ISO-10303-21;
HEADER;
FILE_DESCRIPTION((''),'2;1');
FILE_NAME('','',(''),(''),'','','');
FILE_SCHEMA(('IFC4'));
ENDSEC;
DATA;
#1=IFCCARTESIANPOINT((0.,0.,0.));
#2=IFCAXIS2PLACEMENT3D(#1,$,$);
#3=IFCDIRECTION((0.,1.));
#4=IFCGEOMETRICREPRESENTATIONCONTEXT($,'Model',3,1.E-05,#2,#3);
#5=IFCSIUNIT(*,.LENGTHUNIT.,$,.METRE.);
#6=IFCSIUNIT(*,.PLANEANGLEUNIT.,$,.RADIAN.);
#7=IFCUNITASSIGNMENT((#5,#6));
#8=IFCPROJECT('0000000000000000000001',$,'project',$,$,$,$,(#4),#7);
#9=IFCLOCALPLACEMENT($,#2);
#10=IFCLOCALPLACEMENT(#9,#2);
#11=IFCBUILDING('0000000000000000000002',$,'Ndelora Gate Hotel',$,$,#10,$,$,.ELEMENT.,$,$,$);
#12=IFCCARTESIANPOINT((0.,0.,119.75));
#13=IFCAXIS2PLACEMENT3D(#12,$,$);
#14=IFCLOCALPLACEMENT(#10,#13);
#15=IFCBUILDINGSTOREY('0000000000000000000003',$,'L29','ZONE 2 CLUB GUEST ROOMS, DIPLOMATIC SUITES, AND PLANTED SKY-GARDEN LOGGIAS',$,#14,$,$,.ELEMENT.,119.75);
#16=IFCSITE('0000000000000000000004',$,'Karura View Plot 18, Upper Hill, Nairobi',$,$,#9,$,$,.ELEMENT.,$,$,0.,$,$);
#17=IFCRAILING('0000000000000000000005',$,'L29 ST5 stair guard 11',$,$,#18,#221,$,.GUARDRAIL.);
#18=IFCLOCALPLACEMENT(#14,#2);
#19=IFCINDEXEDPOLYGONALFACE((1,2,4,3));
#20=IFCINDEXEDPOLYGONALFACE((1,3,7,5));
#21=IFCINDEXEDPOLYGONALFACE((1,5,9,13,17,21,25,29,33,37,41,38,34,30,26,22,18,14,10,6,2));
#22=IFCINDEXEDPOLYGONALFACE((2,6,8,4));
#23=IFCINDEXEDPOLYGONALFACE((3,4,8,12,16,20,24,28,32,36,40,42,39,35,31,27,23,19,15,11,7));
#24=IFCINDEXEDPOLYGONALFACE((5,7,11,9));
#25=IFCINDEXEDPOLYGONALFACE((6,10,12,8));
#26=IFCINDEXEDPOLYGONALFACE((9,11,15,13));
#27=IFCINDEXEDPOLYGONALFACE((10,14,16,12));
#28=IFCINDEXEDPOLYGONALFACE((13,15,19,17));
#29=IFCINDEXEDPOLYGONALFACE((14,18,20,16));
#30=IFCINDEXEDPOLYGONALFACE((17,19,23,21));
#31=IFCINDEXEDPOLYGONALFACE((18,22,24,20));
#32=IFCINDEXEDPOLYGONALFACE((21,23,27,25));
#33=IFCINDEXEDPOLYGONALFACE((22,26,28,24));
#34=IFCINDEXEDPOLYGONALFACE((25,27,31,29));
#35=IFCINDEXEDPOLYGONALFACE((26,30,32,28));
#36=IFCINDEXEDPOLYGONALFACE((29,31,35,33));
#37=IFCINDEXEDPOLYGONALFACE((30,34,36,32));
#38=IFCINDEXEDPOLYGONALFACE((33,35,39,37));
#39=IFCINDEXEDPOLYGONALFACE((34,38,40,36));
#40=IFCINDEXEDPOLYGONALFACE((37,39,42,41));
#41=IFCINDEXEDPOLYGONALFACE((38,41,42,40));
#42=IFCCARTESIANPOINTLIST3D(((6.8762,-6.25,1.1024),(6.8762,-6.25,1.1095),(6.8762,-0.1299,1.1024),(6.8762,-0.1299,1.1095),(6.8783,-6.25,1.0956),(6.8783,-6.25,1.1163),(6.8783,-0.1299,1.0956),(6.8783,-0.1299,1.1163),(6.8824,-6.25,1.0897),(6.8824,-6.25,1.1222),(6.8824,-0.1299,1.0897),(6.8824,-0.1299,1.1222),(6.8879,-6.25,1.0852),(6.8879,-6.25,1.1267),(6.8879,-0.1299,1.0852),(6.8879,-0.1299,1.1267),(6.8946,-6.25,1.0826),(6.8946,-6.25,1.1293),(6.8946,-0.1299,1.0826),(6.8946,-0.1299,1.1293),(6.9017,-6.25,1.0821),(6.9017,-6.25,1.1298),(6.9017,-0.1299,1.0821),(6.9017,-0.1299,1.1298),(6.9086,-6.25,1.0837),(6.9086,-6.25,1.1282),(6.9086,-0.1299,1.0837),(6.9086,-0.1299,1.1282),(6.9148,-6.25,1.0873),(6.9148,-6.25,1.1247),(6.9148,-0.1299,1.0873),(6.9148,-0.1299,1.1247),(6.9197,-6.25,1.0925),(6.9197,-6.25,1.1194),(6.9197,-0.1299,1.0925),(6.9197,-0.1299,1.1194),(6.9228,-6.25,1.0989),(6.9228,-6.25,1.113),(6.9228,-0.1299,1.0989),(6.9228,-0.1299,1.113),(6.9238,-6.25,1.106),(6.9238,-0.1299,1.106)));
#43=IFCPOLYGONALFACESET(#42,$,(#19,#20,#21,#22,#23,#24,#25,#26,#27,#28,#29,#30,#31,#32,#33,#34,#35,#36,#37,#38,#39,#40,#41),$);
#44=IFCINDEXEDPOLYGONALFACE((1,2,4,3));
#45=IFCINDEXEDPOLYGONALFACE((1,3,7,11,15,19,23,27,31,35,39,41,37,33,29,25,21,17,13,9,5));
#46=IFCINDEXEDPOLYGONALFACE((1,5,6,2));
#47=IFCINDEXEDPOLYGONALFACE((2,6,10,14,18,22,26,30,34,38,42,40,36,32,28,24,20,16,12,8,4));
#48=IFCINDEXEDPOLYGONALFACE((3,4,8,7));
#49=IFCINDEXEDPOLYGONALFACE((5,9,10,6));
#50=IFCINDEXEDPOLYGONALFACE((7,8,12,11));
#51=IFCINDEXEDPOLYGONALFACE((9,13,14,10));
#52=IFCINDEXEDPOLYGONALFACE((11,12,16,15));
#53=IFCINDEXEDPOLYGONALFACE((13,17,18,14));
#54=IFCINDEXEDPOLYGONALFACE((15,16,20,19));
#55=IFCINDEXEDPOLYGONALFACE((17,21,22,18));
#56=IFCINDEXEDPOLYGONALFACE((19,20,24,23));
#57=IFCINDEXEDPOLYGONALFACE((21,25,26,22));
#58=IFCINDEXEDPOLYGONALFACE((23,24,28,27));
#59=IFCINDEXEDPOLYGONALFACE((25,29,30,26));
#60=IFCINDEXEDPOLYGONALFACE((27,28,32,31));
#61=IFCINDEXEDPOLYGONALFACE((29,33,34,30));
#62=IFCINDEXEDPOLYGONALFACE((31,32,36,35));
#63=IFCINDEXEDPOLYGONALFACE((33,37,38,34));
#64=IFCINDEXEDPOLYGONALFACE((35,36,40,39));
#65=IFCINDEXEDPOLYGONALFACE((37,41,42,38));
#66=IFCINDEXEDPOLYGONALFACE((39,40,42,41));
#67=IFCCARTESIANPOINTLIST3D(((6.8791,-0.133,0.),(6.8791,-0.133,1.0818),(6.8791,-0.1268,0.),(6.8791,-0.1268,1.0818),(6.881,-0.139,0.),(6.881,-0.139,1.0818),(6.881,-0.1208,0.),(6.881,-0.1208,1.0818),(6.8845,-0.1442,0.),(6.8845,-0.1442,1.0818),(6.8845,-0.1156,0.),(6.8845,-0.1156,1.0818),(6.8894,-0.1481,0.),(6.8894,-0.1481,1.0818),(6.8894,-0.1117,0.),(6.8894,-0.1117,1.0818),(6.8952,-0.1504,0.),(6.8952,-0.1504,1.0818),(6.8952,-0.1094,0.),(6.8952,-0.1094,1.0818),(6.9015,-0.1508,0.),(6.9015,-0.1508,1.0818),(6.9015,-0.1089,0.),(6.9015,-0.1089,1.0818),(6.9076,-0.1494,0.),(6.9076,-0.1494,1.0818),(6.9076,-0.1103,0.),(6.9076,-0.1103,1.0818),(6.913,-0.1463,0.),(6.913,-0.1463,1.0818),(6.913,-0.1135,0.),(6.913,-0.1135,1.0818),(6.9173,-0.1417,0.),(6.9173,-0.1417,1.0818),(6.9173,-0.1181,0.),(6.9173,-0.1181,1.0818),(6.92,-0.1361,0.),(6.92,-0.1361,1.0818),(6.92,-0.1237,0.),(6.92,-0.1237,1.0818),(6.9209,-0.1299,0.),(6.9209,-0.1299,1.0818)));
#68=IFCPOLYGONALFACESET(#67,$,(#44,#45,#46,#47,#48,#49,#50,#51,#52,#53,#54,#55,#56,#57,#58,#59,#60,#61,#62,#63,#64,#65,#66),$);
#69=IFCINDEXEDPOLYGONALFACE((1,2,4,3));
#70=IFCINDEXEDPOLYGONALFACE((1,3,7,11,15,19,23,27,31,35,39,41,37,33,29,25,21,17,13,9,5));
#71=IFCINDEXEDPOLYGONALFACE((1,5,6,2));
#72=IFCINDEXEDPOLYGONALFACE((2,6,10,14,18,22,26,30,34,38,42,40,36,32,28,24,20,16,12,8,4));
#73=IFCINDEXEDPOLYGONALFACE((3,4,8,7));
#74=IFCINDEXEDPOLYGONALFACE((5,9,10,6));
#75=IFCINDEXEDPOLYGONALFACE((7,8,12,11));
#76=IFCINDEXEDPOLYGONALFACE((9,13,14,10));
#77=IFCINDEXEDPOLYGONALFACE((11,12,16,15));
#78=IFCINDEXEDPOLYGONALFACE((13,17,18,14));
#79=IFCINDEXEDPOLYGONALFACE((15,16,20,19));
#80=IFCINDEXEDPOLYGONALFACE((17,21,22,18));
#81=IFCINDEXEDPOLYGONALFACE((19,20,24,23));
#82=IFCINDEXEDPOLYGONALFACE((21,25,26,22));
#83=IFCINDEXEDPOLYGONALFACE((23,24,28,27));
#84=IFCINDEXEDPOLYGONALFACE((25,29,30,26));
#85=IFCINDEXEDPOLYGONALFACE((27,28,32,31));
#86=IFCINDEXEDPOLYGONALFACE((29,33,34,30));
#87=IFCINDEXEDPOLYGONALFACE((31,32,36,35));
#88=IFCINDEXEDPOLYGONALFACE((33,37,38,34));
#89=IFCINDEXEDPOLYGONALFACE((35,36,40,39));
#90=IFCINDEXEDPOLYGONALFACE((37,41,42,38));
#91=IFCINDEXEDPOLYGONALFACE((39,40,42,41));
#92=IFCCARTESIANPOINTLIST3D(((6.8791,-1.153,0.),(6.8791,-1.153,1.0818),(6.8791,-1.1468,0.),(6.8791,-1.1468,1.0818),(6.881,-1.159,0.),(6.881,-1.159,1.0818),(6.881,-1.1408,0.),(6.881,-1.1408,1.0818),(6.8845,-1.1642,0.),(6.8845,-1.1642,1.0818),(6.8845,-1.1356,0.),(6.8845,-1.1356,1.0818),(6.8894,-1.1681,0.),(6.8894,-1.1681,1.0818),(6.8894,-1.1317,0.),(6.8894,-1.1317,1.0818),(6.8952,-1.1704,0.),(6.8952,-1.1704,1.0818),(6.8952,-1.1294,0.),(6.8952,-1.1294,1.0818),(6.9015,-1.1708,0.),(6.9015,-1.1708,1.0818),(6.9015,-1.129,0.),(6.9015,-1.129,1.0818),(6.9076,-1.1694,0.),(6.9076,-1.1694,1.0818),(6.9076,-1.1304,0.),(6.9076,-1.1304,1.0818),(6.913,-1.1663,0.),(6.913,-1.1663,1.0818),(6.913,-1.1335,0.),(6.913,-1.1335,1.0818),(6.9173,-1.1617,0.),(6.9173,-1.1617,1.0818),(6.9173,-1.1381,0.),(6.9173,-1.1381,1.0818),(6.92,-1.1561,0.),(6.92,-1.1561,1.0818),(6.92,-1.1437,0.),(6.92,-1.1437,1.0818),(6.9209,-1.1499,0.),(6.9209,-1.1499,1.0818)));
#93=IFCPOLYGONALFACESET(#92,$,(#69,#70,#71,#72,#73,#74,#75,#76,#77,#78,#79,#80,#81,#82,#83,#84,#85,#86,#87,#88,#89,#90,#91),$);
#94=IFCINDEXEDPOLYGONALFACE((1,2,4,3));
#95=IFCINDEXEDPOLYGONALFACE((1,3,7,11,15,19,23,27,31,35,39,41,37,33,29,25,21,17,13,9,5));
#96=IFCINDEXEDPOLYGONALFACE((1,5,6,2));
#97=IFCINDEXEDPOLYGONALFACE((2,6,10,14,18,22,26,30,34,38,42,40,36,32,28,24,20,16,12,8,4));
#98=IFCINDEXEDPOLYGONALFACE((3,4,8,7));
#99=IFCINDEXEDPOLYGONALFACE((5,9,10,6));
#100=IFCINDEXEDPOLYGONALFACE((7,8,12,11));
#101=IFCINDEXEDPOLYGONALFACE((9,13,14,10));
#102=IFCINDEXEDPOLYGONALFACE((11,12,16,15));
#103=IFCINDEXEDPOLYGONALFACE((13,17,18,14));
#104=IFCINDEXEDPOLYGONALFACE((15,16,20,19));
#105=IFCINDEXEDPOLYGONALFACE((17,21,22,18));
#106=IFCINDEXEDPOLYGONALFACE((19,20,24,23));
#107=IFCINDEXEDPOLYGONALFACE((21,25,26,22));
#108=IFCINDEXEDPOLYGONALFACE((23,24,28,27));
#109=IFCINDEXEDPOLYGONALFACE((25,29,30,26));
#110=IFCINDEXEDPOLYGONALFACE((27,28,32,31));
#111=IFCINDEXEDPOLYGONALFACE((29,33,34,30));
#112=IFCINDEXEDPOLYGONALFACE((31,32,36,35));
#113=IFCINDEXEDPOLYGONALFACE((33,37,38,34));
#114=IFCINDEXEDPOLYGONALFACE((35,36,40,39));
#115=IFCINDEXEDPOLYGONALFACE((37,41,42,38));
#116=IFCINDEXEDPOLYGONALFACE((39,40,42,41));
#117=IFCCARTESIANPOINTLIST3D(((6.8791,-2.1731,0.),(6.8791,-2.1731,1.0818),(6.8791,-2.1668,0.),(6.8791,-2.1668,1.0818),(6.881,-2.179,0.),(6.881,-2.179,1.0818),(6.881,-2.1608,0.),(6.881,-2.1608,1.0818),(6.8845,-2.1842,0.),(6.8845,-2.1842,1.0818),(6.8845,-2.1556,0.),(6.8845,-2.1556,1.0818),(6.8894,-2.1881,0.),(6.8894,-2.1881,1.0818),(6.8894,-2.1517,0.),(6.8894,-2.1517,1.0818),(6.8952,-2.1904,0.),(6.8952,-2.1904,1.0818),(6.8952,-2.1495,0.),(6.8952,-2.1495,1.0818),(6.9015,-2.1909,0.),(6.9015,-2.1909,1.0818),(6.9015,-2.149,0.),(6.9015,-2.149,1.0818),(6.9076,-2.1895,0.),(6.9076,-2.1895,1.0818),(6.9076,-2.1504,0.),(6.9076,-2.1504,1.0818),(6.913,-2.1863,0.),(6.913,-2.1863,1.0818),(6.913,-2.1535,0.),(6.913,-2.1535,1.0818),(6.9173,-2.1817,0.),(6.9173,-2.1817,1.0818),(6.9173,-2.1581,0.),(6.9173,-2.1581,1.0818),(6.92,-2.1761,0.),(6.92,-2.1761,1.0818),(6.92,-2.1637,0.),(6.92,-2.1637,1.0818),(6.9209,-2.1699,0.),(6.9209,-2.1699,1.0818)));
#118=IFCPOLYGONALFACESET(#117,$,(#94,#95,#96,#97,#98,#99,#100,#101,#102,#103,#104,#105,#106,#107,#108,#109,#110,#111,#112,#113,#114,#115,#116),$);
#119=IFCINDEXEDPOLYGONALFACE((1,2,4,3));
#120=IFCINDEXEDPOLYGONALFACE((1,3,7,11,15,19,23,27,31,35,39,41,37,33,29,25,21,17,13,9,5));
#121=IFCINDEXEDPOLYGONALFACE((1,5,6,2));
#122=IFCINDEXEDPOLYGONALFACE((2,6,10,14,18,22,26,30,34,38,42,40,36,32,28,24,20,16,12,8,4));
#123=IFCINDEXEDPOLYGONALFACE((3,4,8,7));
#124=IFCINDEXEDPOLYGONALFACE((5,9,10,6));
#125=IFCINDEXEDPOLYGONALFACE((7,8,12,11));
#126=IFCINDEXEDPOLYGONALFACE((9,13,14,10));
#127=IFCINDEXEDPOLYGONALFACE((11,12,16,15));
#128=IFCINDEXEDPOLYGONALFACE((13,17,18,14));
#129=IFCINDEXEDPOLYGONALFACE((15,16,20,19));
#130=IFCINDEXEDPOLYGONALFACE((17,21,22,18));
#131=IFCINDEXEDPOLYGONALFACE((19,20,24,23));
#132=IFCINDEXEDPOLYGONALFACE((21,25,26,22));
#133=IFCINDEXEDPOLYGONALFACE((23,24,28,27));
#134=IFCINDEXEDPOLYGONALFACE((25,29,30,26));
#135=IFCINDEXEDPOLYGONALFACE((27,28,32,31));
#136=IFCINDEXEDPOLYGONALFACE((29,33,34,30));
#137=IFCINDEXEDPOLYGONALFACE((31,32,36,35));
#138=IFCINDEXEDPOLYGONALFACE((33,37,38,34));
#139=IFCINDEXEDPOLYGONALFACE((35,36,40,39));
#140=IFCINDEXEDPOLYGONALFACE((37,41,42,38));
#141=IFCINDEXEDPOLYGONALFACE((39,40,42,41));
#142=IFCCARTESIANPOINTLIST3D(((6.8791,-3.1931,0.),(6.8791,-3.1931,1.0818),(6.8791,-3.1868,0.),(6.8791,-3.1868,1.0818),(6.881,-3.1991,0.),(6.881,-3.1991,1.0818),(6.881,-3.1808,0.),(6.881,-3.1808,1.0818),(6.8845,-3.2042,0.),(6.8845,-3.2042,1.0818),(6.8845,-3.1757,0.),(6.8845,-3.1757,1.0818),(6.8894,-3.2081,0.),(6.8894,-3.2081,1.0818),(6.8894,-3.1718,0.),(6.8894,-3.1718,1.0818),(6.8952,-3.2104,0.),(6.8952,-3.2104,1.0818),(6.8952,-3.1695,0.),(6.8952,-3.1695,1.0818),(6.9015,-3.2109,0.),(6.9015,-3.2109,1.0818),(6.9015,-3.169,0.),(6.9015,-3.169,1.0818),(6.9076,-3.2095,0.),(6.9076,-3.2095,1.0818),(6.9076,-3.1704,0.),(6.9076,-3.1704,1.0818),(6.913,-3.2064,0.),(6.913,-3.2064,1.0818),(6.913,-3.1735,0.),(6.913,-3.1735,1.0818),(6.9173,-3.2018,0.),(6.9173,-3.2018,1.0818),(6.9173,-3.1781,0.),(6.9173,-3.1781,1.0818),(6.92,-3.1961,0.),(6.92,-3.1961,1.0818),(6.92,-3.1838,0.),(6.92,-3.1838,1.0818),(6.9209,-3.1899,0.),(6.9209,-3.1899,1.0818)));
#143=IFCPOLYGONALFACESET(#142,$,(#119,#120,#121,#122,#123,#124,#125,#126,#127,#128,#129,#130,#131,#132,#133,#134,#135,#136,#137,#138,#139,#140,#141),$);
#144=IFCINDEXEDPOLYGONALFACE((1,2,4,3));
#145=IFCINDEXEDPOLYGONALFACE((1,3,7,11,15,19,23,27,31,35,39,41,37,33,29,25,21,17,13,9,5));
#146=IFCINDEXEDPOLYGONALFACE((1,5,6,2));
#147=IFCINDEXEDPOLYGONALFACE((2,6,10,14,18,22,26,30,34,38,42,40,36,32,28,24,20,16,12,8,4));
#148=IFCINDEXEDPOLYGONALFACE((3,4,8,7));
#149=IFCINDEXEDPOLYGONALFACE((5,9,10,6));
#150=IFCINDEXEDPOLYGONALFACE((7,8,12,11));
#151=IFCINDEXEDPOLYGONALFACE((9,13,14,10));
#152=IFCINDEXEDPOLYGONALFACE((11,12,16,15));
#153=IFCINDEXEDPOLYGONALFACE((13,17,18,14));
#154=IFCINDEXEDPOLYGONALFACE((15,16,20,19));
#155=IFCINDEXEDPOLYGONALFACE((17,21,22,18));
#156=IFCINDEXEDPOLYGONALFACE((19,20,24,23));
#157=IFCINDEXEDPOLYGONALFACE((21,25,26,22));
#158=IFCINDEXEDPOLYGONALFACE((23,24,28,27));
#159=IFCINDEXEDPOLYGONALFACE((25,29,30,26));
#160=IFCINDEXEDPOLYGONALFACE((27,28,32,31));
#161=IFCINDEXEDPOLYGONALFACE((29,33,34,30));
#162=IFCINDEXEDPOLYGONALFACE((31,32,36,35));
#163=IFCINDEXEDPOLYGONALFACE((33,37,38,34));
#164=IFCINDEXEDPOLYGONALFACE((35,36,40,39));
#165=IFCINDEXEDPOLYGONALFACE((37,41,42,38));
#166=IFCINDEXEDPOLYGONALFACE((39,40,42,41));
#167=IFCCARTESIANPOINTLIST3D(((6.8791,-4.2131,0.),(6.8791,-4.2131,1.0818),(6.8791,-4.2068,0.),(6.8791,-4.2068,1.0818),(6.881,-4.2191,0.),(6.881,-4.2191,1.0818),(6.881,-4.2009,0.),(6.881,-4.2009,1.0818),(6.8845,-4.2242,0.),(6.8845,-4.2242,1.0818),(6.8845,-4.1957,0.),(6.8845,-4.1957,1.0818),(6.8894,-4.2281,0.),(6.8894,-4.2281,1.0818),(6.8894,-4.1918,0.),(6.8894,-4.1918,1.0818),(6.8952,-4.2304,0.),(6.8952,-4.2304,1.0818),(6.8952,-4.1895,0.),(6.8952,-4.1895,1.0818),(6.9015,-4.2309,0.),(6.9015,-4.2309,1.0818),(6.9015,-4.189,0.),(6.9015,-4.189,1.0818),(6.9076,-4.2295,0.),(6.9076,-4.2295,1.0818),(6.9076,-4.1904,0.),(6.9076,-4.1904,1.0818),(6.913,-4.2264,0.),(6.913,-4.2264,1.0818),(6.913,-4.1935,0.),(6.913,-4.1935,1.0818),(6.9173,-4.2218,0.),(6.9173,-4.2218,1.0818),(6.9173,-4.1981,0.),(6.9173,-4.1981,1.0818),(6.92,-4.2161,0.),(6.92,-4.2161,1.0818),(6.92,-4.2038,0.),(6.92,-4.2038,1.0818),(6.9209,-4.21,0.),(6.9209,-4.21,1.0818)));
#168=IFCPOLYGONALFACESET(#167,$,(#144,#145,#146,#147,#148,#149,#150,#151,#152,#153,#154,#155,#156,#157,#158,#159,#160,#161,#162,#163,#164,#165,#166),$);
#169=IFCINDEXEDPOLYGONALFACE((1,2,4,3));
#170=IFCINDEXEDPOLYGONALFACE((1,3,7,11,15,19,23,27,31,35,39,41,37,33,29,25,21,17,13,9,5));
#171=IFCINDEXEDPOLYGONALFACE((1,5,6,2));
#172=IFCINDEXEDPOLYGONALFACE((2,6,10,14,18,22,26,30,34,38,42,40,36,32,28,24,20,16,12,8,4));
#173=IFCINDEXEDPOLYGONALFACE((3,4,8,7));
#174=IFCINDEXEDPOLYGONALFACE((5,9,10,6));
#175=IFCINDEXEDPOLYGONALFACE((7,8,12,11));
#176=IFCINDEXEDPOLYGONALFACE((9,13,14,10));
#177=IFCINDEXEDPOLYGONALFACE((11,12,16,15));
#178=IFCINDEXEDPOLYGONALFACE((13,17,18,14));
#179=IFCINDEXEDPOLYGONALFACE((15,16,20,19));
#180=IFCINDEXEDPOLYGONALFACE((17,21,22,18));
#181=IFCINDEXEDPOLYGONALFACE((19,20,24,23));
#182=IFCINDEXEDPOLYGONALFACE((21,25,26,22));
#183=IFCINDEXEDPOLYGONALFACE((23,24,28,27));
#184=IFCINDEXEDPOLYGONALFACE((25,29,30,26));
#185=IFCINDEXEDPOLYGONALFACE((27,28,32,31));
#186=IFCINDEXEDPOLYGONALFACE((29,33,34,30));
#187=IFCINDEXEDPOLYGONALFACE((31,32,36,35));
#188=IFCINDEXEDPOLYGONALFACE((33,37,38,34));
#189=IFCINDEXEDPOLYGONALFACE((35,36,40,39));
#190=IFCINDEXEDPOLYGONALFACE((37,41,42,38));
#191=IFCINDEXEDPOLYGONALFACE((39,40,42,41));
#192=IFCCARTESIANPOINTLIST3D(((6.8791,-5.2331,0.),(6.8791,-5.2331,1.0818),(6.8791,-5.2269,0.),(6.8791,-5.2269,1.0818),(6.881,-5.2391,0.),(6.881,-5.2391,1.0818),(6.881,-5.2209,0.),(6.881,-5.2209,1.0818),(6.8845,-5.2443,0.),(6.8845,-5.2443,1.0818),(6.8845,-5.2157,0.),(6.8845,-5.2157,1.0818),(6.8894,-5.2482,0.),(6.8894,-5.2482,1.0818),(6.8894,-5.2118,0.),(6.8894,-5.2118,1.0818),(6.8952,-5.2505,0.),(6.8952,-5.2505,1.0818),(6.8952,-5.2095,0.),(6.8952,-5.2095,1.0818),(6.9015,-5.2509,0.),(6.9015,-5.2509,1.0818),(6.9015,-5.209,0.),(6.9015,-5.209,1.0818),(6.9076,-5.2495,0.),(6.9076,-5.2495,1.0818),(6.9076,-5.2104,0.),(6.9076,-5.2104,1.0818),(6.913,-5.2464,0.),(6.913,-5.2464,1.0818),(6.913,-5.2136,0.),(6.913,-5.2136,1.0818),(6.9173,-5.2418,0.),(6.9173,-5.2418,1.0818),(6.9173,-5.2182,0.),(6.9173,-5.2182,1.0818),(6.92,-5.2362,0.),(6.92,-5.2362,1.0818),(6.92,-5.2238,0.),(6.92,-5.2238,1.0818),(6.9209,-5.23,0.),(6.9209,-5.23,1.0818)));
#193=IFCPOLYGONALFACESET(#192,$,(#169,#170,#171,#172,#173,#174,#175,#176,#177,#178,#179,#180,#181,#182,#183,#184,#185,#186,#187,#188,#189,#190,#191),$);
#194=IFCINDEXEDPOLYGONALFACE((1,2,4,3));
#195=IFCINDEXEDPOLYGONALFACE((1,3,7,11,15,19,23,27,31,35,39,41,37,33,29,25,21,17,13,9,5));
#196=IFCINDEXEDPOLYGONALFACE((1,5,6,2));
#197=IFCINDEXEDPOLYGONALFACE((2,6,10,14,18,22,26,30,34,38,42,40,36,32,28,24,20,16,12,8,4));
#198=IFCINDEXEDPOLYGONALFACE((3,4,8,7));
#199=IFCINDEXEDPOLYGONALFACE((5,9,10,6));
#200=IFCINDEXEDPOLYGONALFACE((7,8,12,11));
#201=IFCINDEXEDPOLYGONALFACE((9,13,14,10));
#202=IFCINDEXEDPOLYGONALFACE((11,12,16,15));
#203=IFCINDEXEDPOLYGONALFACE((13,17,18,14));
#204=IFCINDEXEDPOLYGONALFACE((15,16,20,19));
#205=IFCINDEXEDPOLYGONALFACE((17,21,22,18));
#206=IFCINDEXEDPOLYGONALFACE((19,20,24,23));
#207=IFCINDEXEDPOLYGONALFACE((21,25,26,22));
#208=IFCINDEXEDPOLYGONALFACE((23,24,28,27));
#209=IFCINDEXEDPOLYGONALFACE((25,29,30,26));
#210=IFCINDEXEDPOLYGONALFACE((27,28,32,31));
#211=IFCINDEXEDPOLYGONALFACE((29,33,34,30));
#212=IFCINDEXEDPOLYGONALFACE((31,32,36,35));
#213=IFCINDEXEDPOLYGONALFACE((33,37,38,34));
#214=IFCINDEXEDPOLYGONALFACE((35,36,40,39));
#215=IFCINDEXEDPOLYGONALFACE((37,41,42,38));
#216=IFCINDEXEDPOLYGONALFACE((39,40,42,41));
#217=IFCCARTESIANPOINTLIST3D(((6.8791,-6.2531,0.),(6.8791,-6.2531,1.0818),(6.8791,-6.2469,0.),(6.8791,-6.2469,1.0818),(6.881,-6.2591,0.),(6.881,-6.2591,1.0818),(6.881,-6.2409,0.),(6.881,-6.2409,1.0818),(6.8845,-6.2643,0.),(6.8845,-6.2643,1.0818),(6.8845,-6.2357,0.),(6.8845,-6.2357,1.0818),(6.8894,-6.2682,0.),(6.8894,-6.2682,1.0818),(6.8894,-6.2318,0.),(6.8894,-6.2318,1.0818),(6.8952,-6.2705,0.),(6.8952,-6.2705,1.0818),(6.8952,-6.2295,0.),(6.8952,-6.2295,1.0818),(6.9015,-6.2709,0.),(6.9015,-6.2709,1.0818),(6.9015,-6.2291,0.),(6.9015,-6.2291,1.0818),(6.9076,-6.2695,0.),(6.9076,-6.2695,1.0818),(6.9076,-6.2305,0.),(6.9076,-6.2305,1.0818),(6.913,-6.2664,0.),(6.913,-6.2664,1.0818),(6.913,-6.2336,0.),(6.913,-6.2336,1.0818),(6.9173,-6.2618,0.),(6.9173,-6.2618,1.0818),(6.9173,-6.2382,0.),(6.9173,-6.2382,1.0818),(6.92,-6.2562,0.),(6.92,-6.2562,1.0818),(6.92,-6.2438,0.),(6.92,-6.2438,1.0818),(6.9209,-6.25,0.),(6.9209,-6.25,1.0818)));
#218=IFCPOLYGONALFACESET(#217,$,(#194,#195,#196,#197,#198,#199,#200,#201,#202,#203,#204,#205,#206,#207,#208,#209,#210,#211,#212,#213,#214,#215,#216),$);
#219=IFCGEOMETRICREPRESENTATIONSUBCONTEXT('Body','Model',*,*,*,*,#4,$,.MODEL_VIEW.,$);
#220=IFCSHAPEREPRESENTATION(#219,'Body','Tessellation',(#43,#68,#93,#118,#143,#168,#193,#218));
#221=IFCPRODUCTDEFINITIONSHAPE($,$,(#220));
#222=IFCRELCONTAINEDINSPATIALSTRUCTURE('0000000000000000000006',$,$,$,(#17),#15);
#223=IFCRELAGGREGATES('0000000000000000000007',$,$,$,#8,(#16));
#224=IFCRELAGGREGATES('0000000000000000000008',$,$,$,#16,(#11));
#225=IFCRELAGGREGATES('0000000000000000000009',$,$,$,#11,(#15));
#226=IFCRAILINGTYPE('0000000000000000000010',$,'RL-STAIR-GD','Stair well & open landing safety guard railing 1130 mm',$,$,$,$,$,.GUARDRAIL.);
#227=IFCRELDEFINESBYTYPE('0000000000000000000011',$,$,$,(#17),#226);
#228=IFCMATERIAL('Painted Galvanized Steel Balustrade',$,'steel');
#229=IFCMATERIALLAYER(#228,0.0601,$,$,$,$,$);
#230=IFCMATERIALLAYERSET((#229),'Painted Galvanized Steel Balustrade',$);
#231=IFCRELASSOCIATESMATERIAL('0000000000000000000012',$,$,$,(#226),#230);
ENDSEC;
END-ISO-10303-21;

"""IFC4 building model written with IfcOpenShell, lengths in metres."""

from ifc_helpers import new_model, si_unit, direction, frame, origin, origin_2d, place, context, subcontext, project, spatial, circle, extrude, material, layer, layer_set, type_object, element, save


model = new_model("IFC4")

# Units and contexts
model_context = context("Model", 3, precision=1e-05, world=origin(), true_north=direction((0.0, 1.0)))
body_context = subcontext(model_context, "Body", "Model", "MODEL_VIEW")
ifc_project = project(units=[si_unit("LENGTHUNIT", "METRE"), si_unit("PLANEANGLEUNIT", "RADIAN")], contexts=[model_context])

# Site, building, storey
site_placement = place(None, origin())
site = spatial("IfcSite", under=ifc_project, at=site_placement, Name="Karura View Plot 18, Upper Hill, Nairobi", CompositionType="ELEMENT", RefElevation=0.0)
building_placement = place(site_placement, origin())
building = spatial("IfcBuilding", under=site, at=building_placement, Name="Ndelora Gate Hotel", CompositionType="ELEMENT")
storey_placement = place(building_placement, frame((0.0, 0.0, 119.75)))
storey = spatial("IfcBuildingStorey", under=building, at=storey_placement, Name="L29", Description="ZONE 2 CLUB GUEST ROOMS, DIPLOMATIC SUITES, AND PLANTED SKY-GARDEN LOGGIAS", CompositionType="ELEMENT", Elevation=119.75)

# Railing
ifc_material_1 = material(Name="Painted Galvanized Steel Balustrade", Category="steel")
ifc_layer_1 = layer(ifc_material_1, 0.0601)
ifc_layer_set_1 = layer_set([ifc_layer_1], Name="Painted Galvanized Steel Balustrade")
railing_type_1 = type_object("IfcRailingType", Name="RL-STAIR-GD", Description="Stair well & open landing safety guard railing 1130 mm", PredefinedType="GUARDRAIL", material=ifc_layer_set_1)
railing_1_placement = place(storey_placement, frame((6.8999, -0.1299, 0.0)))
element("IfcRailing", 1, at=railing_1_placement, inside=storey, type_object=railing_type_1, Name="L29 ST5 stair guard 11", PredefinedType="GUARDRAIL", context=body_context, shape_type="SweptSolid", body=[
    extrude(circle(Radius=0.0239, at=origin_2d()), frame((0.0, 0.0, 1.106), z_axis=(0.0, -1.0, 0.0), x_axis=(1.0, 0.0, 0.0)), (0.0, 0.0, 1.0), 6.1201),
    extrude(circle(Radius=0.021, at=origin_2d()), origin(), (0.0, 0.0, 1.0), 1.0818),
    extrude(circle(Radius=0.021, at=origin_2d()), frame((0.0, -1.02, 0.0)), (0.0, 0.0, 1.0), 1.0818),
    extrude(circle(Radius=0.021, at=origin_2d()), frame((0.0, -2.04, 0.0)), (0.0, 0.0, 1.0), 1.0818),
    extrude(circle(Radius=0.021, at=origin_2d()), frame((0.0, -3.0601, 0.0)), (0.0, 0.0, 1.0), 1.0818),
    extrude(circle(Radius=0.021, at=origin_2d()), frame((0.0, -4.0801, 0.0)), (0.0, 0.0, 1.0), 1.0818),
    extrude(circle(Radius=0.021, at=origin_2d()), frame((0.0, -5.1001, 0.0)), (0.0, 0.0, 1.0), 1.0818),
    extrude(circle(Radius=0.021, at=origin_2d()), frame((0.0, -6.1201, 0.0)), (0.0, 0.0, 1.0), 1.0818),
])

save(model, "model.ifc")
